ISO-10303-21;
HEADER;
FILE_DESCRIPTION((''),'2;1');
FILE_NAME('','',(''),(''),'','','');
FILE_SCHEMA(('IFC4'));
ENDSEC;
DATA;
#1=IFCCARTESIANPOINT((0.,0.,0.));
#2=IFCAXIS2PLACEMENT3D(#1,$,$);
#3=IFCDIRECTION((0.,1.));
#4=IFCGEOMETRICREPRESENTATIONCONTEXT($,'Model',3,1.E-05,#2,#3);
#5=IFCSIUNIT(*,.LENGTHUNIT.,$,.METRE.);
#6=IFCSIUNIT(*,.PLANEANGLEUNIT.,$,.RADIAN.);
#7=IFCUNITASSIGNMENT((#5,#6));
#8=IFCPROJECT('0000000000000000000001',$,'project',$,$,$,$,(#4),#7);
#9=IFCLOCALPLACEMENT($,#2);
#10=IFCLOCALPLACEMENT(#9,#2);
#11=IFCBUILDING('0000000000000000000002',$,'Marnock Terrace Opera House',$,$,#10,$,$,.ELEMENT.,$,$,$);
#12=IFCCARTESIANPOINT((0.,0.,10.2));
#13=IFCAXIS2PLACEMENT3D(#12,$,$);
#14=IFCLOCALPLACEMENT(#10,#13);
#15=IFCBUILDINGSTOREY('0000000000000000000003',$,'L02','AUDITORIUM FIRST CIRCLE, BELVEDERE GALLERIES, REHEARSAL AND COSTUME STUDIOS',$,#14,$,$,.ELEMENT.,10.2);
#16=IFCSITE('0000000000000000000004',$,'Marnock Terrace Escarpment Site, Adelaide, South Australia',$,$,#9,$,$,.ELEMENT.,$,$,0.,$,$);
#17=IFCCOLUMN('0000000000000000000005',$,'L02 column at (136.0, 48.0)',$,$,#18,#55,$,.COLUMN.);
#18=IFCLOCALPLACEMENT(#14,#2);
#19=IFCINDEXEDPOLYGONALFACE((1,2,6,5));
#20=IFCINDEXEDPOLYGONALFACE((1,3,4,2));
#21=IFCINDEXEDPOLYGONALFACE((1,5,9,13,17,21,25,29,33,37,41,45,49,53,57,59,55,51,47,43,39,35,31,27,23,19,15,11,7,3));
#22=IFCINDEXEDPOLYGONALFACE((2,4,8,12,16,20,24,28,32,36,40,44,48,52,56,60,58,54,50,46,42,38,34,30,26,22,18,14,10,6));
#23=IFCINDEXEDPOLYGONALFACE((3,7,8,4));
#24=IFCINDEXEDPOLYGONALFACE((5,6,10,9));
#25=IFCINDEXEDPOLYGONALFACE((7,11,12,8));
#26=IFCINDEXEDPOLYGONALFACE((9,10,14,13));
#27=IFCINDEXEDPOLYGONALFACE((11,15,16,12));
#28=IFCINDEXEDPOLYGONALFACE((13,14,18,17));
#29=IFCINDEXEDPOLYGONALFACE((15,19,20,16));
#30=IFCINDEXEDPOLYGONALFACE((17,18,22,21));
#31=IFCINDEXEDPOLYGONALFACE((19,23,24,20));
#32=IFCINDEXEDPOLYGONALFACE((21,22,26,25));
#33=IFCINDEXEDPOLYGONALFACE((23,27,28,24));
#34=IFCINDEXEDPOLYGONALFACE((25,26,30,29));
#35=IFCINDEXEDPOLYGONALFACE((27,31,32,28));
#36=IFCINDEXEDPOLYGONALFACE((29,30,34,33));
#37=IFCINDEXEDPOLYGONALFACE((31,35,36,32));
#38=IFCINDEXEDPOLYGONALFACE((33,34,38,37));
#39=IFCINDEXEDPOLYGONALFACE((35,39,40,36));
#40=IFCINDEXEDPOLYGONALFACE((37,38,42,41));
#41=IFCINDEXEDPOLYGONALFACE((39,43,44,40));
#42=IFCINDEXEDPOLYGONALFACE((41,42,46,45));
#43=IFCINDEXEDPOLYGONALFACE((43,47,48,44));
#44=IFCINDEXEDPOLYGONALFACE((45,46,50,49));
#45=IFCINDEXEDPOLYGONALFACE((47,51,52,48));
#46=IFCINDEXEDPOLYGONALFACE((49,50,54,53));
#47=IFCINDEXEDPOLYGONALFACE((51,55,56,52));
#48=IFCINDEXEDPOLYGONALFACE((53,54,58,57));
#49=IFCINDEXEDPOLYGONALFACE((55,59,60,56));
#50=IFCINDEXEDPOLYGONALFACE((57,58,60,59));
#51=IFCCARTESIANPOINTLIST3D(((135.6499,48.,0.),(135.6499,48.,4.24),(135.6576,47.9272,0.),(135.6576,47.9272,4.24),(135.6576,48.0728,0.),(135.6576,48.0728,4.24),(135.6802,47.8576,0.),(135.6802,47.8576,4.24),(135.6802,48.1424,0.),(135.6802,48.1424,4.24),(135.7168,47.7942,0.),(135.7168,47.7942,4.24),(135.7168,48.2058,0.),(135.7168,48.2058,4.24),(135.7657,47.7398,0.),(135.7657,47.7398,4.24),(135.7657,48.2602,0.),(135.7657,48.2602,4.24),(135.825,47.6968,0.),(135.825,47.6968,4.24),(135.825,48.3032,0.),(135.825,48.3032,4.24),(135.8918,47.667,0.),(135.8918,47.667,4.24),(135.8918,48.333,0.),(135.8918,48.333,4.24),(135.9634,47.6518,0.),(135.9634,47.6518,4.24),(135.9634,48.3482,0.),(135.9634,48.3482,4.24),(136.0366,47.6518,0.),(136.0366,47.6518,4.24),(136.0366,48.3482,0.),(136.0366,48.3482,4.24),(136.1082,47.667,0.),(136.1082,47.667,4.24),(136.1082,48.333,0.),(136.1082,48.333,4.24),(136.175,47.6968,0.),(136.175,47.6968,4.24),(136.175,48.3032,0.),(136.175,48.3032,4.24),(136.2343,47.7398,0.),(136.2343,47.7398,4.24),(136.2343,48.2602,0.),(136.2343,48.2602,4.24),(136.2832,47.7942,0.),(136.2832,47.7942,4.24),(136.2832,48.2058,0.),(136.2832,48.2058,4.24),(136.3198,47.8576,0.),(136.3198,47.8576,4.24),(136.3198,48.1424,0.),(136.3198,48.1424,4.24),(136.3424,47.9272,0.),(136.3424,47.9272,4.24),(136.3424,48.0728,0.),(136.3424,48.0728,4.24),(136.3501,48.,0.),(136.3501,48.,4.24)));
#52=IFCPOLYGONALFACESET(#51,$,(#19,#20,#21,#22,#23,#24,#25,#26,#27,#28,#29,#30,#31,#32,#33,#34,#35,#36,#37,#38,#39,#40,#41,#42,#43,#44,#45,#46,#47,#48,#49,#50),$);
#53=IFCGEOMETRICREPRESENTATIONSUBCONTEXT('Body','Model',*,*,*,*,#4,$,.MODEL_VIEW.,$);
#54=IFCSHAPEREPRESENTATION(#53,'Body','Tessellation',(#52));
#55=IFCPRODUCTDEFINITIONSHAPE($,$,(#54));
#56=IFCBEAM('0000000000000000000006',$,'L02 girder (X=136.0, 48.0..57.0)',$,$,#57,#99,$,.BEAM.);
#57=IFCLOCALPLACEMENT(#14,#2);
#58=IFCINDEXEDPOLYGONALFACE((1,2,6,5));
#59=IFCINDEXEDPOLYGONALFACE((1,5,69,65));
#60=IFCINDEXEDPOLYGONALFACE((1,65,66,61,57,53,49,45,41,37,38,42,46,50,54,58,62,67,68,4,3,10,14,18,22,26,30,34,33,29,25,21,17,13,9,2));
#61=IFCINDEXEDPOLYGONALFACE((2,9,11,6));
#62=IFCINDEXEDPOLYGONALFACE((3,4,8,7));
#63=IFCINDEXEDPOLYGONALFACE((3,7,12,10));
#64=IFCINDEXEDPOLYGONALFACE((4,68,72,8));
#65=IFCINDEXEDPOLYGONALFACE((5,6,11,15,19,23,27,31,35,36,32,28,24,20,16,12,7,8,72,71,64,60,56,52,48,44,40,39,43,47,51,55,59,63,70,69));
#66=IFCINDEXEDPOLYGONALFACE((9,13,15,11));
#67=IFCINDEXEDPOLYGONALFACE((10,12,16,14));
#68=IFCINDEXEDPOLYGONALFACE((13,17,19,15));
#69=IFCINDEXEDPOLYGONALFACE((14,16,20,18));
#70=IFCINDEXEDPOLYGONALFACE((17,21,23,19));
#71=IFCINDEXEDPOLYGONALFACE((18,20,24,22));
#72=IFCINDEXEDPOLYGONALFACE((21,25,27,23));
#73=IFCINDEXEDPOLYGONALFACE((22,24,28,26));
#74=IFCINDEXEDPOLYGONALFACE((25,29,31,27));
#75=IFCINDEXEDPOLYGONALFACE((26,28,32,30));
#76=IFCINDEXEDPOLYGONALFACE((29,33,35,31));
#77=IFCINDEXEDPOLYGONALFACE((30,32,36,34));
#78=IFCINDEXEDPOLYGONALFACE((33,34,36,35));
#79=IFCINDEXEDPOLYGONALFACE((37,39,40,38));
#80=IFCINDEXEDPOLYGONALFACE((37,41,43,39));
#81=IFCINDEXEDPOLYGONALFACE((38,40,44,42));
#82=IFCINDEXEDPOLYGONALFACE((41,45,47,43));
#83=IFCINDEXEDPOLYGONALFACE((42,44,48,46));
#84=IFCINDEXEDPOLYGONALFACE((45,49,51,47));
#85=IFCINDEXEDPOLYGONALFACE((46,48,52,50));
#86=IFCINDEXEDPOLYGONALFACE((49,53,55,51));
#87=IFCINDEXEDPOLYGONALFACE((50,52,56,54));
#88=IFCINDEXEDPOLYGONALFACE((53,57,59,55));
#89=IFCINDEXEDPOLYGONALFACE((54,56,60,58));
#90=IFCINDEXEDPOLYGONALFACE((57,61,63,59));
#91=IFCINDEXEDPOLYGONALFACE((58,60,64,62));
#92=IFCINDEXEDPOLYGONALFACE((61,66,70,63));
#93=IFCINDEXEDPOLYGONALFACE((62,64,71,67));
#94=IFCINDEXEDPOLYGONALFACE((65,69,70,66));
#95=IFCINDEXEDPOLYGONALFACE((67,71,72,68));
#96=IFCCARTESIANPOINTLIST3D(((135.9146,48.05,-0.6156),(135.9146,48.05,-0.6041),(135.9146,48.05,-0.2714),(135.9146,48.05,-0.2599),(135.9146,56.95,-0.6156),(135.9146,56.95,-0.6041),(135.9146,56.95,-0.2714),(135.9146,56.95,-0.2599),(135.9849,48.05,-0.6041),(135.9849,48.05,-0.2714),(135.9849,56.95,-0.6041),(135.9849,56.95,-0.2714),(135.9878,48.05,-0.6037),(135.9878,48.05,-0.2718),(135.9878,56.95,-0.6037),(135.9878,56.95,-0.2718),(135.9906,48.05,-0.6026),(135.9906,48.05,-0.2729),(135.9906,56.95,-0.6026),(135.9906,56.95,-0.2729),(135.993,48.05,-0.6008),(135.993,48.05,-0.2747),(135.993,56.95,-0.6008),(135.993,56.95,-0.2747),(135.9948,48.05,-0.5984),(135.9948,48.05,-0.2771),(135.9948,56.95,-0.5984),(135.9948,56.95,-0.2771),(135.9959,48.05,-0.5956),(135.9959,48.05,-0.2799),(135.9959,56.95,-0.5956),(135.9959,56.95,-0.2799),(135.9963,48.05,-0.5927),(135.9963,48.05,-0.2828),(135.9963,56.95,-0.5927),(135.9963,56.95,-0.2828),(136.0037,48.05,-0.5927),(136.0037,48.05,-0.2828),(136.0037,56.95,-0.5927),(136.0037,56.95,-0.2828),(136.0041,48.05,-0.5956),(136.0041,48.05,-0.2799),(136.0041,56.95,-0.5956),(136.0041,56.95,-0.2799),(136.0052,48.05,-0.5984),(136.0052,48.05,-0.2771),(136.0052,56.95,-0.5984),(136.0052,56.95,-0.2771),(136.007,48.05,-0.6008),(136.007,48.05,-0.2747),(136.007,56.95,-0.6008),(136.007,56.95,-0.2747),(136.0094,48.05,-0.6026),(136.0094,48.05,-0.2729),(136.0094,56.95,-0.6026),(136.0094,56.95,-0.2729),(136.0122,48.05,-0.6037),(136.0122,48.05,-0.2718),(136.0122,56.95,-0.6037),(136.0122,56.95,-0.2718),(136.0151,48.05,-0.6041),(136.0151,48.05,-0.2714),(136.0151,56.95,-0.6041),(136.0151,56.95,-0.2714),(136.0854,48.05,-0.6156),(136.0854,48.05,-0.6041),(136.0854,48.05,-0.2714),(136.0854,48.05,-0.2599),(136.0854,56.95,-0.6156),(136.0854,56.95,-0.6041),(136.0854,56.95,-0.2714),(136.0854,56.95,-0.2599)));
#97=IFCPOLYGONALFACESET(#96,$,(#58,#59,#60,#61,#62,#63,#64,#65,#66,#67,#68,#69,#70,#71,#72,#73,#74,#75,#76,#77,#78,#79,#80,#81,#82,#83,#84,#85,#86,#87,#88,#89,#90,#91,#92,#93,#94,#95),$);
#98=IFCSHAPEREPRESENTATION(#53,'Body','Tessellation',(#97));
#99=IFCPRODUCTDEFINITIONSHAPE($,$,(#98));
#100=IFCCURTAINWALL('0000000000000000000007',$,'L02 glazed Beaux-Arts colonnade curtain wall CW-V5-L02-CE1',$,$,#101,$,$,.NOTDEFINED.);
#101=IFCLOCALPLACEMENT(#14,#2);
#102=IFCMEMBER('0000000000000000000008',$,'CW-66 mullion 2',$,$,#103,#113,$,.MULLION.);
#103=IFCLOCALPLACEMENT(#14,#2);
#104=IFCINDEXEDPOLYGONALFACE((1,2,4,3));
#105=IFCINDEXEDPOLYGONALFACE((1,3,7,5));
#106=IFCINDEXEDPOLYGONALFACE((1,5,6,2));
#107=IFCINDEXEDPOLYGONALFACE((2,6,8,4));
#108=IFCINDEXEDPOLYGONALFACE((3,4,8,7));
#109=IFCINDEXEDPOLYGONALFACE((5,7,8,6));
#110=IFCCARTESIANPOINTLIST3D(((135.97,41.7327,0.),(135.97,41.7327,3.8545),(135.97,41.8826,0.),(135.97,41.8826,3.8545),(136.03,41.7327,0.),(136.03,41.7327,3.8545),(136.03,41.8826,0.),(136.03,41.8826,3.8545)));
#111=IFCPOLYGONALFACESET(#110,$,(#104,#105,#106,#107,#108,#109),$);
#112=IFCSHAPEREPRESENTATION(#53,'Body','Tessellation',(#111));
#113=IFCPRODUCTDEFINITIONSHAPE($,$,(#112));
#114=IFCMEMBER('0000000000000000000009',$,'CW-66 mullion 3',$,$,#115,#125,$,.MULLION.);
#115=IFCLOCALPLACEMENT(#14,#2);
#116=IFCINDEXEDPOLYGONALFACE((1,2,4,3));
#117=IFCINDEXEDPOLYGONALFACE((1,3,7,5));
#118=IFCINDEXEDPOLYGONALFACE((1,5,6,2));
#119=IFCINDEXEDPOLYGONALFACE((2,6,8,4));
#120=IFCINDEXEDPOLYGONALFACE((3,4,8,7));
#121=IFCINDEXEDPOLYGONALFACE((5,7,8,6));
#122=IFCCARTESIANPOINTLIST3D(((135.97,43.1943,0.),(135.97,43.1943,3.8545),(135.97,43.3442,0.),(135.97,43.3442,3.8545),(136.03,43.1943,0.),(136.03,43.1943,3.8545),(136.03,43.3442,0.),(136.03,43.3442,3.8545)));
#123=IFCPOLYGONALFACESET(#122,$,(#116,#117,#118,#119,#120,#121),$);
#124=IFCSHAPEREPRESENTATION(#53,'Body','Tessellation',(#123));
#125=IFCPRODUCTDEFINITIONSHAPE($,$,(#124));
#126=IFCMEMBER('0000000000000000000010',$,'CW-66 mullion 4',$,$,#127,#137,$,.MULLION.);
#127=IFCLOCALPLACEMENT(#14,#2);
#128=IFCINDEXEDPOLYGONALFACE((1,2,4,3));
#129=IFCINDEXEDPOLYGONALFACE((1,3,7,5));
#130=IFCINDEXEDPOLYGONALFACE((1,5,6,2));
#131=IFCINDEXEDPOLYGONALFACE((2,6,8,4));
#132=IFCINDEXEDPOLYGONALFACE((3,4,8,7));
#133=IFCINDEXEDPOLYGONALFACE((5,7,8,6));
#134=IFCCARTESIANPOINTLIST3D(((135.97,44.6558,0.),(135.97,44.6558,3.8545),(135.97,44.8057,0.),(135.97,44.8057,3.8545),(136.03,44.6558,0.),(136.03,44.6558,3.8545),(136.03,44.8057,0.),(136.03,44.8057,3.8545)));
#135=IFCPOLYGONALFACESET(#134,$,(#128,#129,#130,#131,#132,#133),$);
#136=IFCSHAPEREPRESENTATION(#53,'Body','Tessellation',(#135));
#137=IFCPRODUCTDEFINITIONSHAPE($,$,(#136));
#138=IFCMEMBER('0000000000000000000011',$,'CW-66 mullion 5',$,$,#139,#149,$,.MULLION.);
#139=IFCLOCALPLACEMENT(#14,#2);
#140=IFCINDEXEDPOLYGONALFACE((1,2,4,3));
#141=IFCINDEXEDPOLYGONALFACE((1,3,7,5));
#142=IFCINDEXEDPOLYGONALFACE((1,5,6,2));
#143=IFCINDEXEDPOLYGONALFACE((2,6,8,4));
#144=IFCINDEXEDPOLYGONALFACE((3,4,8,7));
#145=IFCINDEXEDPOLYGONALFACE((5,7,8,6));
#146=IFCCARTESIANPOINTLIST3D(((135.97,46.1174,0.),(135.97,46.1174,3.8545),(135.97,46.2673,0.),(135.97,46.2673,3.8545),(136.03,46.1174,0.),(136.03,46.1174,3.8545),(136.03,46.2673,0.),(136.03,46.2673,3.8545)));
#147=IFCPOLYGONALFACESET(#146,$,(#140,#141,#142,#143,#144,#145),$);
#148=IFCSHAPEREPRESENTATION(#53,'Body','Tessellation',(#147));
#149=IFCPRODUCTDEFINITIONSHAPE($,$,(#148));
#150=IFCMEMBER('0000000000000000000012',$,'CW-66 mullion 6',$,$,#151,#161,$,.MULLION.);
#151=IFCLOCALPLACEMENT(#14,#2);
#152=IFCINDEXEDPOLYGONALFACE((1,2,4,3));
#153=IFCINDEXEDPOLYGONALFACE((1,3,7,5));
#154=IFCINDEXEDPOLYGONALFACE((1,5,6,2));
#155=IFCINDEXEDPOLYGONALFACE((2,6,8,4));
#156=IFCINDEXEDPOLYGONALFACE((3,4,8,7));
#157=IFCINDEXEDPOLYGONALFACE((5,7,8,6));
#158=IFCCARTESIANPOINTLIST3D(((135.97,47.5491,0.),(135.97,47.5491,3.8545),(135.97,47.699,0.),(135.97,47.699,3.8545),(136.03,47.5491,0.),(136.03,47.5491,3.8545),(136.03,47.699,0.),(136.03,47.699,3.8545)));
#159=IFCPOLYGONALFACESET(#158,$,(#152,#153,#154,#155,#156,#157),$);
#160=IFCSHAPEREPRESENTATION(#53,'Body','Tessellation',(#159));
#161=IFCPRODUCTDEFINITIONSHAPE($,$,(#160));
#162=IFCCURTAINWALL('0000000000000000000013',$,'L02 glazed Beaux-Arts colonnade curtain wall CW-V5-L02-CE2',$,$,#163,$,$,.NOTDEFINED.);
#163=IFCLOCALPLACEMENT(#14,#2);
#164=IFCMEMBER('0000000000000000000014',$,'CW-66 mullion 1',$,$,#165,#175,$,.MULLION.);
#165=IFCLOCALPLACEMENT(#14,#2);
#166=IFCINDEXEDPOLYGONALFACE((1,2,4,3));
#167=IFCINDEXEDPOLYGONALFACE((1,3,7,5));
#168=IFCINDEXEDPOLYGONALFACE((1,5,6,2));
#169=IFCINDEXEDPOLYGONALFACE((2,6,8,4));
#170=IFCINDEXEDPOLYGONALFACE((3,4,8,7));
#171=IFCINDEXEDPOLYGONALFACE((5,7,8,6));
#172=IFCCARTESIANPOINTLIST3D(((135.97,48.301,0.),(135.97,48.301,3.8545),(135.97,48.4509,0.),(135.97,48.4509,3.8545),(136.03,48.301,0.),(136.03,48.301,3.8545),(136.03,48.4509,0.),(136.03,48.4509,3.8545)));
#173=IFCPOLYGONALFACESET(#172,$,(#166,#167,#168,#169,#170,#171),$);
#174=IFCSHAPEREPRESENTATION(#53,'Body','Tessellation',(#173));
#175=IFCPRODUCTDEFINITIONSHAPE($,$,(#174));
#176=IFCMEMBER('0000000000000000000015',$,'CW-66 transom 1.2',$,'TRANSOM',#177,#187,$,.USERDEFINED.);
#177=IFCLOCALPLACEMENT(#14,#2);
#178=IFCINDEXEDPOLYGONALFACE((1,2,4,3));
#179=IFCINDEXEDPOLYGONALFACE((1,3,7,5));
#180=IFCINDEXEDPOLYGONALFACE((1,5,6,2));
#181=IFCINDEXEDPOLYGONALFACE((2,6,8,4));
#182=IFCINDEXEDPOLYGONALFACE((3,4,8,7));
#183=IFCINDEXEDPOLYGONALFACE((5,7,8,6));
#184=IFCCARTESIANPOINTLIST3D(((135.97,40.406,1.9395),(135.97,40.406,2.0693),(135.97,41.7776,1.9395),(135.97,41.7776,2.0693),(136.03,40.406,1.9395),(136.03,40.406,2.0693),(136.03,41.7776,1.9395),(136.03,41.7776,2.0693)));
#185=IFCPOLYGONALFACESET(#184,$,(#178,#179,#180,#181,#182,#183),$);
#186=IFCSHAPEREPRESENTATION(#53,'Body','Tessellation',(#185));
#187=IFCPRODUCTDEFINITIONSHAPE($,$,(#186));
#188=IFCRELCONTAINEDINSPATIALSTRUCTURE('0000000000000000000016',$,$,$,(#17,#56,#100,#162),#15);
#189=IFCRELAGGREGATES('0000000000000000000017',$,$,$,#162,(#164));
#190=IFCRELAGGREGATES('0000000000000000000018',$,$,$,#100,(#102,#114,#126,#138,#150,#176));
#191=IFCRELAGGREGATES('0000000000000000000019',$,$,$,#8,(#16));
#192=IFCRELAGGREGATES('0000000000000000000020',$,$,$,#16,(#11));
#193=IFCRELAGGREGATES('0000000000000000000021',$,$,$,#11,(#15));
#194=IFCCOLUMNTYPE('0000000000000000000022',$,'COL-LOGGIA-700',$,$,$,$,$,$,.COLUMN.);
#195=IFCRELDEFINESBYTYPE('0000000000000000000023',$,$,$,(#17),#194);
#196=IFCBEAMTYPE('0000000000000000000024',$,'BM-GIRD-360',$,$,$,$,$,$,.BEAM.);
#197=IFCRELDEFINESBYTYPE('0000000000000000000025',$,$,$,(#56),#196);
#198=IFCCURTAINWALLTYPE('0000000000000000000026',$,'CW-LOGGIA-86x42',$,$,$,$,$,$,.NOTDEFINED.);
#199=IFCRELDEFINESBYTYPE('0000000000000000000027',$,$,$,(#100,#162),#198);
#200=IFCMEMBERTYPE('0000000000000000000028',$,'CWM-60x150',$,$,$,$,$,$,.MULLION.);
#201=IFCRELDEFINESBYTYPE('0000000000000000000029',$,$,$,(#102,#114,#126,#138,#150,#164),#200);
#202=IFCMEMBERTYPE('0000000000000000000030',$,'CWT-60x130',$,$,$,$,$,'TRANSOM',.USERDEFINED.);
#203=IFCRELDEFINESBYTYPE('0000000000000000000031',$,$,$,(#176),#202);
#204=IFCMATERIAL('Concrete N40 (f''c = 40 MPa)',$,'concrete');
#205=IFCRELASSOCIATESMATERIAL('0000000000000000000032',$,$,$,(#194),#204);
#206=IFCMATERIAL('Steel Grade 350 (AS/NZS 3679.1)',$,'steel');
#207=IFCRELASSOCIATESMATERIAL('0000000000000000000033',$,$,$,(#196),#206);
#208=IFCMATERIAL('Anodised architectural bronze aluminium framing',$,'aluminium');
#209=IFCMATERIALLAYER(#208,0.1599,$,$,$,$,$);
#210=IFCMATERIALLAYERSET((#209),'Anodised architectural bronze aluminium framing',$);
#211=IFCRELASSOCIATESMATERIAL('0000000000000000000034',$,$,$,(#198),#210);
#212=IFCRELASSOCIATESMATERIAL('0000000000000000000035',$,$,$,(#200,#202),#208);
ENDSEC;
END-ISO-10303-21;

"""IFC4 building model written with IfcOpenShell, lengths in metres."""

from ifc_helpers import new_model, si_unit, direction, frame, origin, origin_2d, place, context, subcontext, project, spatial, rectangle, circle, i_section, extrude, material, layer, layer_set, material_profile, profile_set, type_object, element, aggregate, save


model = new_model("IFC4")

# Units and contexts
model_context = context("Model", 3, precision=1e-05, world=origin(), true_north=direction((0.0, 1.0)))
body_context = subcontext(model_context, "Body", "Model", "MODEL_VIEW")
ifc_project = project(units=[si_unit("LENGTHUNIT", "METRE"), si_unit("PLANEANGLEUNIT", "RADIAN")], contexts=[model_context])

# Site, building, storey
site_placement = place(None, origin())
site = spatial("IfcSite", under=ifc_project, at=site_placement, Name="Marnock Terrace Escarpment Site, Adelaide, South Australia", CompositionType="ELEMENT", RefElevation=0.0)
building_placement = place(site_placement, origin())
building = spatial("IfcBuilding", under=site, at=building_placement, Name="Marnock Terrace Opera House", CompositionType="ELEMENT")
storey_placement = place(building_placement, frame((0.0, 0.0, 10.2)))
storey = spatial("IfcBuildingStorey", under=building, at=storey_placement, Name="L02", Description="AUDITORIUM FIRST CIRCLE, BELVEDERE GALLERIES, REHEARSAL AND COSTUME STUDIOS", CompositionType="ELEMENT", Elevation=10.2)

# Column
ifc_material_1 = material(Name="Concrete N40 (f'c = 40 MPa)", Category="concrete")
ifc_material_profile_1 = material_profile(ifc_material_1, circle(Radius=0.3501, at=origin_2d()))
ifc_profile_set_1 = profile_set([ifc_material_profile_1], Name="Concrete N40 (f'c = 40 MPa)")
column_type = type_object("IfcColumnType", Name="COL-LOGGIA-700", PredefinedType="COLUMN", material=ifc_profile_set_1)
column_placement = place(storey_placement, frame((136.0, 48.0, 0.0), z_axis=(0.0, 0.0, 1.0), x_axis=(1.0, 0.0, 0.0)))
element("IfcColumn", 1, at=column_placement, inside=storey, type_object=column_type, Name="L02 column at (136.0, 48.0)", PredefinedType="COLUMN", context=body_context, shape_type="SweptSolid", body=[
    extrude(circle(Radius=0.3501, at=origin_2d()), origin(), (0.0, 0.0, 1.0), 4.24),
])

# Beam
ifc_material_2 = material(Name="Steel Grade 350 (AS/NZS 3679.1)", Category="steel")
ifc_material_profile_2 = material_profile(ifc_material_2, i_section(OverallWidth=0.1709, OverallDepth=0.3557, WebThickness=0.0073, FlangeThickness=0.0115, FilletRadius=0.0115, at=origin_2d()))
ifc_profile_set_2 = profile_set([ifc_material_profile_2], Name="Steel Grade 350 (AS/NZS 3679.1)")
beam_type = type_object("IfcBeamType", Name="BM-GIRD-360", PredefinedType="BEAM", material=ifc_profile_set_2)
beam_placement = place(storey_placement, frame((136.0, 48.05, -0.4377), z_axis=(0.0, 1.0, 0.0), x_axis=(-1.0, 0.0, 0.0)))
element("IfcBeam", 2, at=beam_placement, inside=storey, type_object=beam_type, Name="L02 girder (X=136.0, 48.0..57.0)", PredefinedType="BEAM", context=body_context, shape_type="SweptSolid", body=[
    extrude(i_section(OverallWidth=0.1709, OverallDepth=0.3557, WebThickness=0.0073, FlangeThickness=0.0115, FilletRadius=0.0115, at=origin_2d()), origin(), (0.0, 0.0, 1.0), 8.8999),
])

# Curtain wall, members
ifc_material_3 = material(Name="Anodised architectural bronze aluminium framing", Category="aluminium")
ifc_layer_1 = layer(ifc_material_3, 0.1599)
ifc_layer_set_1 = layer_set([ifc_layer_1], Name="Anodised architectural bronze aluminium framing")
curtain_wall_type = type_object("IfcCurtainWallType", Name="CW-LOGGIA-86x42", PredefinedType="NOTDEFINED", material=ifc_layer_set_1)
curtain_wall_1_placement = place(storey_placement, origin())
curtain_wall_1 = element("IfcCurtainWall", 3, at=curtain_wall_1_placement, inside=storey, type_object=curtain_wall_type, Name="L02 glazed Beaux-Arts colonnade curtain wall CW-V5-L02-CE1", PredefinedType="NOTDEFINED")
ifc_material_profile_3 = material_profile(ifc_material_3, rectangle(XDim=0.0601, YDim=0.1499, at=origin_2d()))
ifc_profile_set_3 = profile_set([ifc_material_profile_3], Name="Anodised architectural bronze aluminium framing")
member_type_1 = type_object("IfcMemberType", Name="CWM-60x150", PredefinedType="MULLION", material=ifc_profile_set_3)
member_1_placement = place(storey_placement, frame((136.0, 41.8076, 0.0), z_axis=(0.0, 0.0, 1.0), x_axis=(-1.0, 0.0, 0.0)))
member_1 = element("IfcMember", 4, at=member_1_placement, type_object=member_type_1, Name="CW-66 mullion 2", PredefinedType="MULLION", context=body_context, shape_type="SweptSolid", body=[
    extrude(rectangle(XDim=0.0601, YDim=0.1499, at=origin_2d()), origin(), (0.0, 0.0, 1.0), 3.8545),
])
member_2_placement = place(storey_placement, frame((136.0, 43.2693, 0.0), z_axis=(0.0, 0.0, 1.0), x_axis=(-1.0, 0.0, 0.0)))
member_2 = element("IfcMember", 5, at=member_2_placement, type_object=member_type_1, Name="CW-66 mullion 3", PredefinedType="MULLION", context=body_context, shape_type="SweptSolid", body=[
    extrude(rectangle(XDim=0.0601, YDim=0.1499, at=origin_2d()), origin(), (0.0, 0.0, 1.0), 3.8545),
])
member_3_placement = place(storey_placement, frame((136.0, 44.7307, 0.0), z_axis=(0.0, 0.0, 1.0), x_axis=(-1.0, 0.0, 0.0)))
member_3 = element("IfcMember", 6, at=member_3_placement, type_object=member_type_1, Name="CW-66 mullion 4", PredefinedType="MULLION", context=body_context, shape_type="SweptSolid", body=[
    extrude(rectangle(XDim=0.0601, YDim=0.1499, at=origin_2d()), origin(), (0.0, 0.0, 1.0), 3.8545),
])
member_4_placement = place(storey_placement, frame((136.0, 46.1924, 0.0), z_axis=(0.0, 0.0, 1.0), x_axis=(-1.0, 0.0, 0.0)))
member_4 = element("IfcMember", 7, at=member_4_placement, type_object=member_type_1, Name="CW-66 mullion 5", PredefinedType="MULLION", context=body_context, shape_type="SweptSolid", body=[
    extrude(rectangle(XDim=0.0601, YDim=0.1499, at=origin_2d()), origin(), (0.0, 0.0, 1.0), 3.8545),
])
member_5_placement = place(storey_placement, frame((136.0, 47.624, 0.0), z_axis=(0.0, 0.0, 1.0), x_axis=(-1.0, 0.0, 0.0)))
member_5 = element("IfcMember", 8, at=member_5_placement, type_object=member_type_1, Name="CW-66 mullion 6", PredefinedType="MULLION", context=body_context, shape_type="SweptSolid", body=[
    extrude(rectangle(XDim=0.0601, YDim=0.1499, at=origin_2d()), origin(), (0.0, 0.0, 1.0), 3.8545),
])

# Curtain wall, member
curtain_wall_2_placement = place(storey_placement, origin())
curtain_wall_2 = element("IfcCurtainWall", 9, at=curtain_wall_2_placement, inside=storey, type_object=curtain_wall_type, Name="L02 glazed Beaux-Arts colonnade curtain wall CW-V5-L02-CE2", PredefinedType="NOTDEFINED")
member_6_placement = place(storey_placement, frame((136.0, 48.376, 0.0), z_axis=(0.0, 0.0, 1.0), x_axis=(-1.0, 0.0, 0.0)))
member_6 = element("IfcMember", 10, at=member_6_placement, type_object=member_type_1, Name="CW-66 mullion 1", PredefinedType="MULLION", context=body_context, shape_type="SweptSolid", body=[
    extrude(rectangle(XDim=0.0601, YDim=0.1499, at=origin_2d()), origin(), (0.0, 0.0, 1.0), 3.8545),
])

# Member
ifc_material_profile_4 = material_profile(ifc_material_3, rectangle(XDim=0.0601, YDim=0.1299, at=origin_2d()))
ifc_profile_set_4 = profile_set([ifc_material_profile_4], Name="Anodised architectural bronze aluminium framing")
member_type_2 = type_object("IfcMemberType", Name="CWT-60x130", ElementType="TRANSOM", PredefinedType="USERDEFINED", material=ifc_profile_set_4)
member_7_placement = place(storey_placement, frame((136.0, 40.406, 2.0044), z_axis=(0.0, 1.0, 0.0), x_axis=(-1.0, 0.0, 0.0)))
member_7 = element("IfcMember", 11, at=member_7_placement, type_object=member_type_2, Name="CW-66 transom 1.2", ObjectType="TRANSOM", PredefinedType="USERDEFINED", context=body_context, shape_type="SweptSolid", body=[
    extrude(rectangle(XDim=0.0601, YDim=0.1299, at=origin_2d()), origin(), (0.0, 0.0, 1.0), 1.3716),
])
aggregate(curtain_wall_2, [member_6])

aggregate(curtain_wall_1, [member_1, member_2, member_3, member_4, member_5, member_7])

save(model, "model.ifc")
